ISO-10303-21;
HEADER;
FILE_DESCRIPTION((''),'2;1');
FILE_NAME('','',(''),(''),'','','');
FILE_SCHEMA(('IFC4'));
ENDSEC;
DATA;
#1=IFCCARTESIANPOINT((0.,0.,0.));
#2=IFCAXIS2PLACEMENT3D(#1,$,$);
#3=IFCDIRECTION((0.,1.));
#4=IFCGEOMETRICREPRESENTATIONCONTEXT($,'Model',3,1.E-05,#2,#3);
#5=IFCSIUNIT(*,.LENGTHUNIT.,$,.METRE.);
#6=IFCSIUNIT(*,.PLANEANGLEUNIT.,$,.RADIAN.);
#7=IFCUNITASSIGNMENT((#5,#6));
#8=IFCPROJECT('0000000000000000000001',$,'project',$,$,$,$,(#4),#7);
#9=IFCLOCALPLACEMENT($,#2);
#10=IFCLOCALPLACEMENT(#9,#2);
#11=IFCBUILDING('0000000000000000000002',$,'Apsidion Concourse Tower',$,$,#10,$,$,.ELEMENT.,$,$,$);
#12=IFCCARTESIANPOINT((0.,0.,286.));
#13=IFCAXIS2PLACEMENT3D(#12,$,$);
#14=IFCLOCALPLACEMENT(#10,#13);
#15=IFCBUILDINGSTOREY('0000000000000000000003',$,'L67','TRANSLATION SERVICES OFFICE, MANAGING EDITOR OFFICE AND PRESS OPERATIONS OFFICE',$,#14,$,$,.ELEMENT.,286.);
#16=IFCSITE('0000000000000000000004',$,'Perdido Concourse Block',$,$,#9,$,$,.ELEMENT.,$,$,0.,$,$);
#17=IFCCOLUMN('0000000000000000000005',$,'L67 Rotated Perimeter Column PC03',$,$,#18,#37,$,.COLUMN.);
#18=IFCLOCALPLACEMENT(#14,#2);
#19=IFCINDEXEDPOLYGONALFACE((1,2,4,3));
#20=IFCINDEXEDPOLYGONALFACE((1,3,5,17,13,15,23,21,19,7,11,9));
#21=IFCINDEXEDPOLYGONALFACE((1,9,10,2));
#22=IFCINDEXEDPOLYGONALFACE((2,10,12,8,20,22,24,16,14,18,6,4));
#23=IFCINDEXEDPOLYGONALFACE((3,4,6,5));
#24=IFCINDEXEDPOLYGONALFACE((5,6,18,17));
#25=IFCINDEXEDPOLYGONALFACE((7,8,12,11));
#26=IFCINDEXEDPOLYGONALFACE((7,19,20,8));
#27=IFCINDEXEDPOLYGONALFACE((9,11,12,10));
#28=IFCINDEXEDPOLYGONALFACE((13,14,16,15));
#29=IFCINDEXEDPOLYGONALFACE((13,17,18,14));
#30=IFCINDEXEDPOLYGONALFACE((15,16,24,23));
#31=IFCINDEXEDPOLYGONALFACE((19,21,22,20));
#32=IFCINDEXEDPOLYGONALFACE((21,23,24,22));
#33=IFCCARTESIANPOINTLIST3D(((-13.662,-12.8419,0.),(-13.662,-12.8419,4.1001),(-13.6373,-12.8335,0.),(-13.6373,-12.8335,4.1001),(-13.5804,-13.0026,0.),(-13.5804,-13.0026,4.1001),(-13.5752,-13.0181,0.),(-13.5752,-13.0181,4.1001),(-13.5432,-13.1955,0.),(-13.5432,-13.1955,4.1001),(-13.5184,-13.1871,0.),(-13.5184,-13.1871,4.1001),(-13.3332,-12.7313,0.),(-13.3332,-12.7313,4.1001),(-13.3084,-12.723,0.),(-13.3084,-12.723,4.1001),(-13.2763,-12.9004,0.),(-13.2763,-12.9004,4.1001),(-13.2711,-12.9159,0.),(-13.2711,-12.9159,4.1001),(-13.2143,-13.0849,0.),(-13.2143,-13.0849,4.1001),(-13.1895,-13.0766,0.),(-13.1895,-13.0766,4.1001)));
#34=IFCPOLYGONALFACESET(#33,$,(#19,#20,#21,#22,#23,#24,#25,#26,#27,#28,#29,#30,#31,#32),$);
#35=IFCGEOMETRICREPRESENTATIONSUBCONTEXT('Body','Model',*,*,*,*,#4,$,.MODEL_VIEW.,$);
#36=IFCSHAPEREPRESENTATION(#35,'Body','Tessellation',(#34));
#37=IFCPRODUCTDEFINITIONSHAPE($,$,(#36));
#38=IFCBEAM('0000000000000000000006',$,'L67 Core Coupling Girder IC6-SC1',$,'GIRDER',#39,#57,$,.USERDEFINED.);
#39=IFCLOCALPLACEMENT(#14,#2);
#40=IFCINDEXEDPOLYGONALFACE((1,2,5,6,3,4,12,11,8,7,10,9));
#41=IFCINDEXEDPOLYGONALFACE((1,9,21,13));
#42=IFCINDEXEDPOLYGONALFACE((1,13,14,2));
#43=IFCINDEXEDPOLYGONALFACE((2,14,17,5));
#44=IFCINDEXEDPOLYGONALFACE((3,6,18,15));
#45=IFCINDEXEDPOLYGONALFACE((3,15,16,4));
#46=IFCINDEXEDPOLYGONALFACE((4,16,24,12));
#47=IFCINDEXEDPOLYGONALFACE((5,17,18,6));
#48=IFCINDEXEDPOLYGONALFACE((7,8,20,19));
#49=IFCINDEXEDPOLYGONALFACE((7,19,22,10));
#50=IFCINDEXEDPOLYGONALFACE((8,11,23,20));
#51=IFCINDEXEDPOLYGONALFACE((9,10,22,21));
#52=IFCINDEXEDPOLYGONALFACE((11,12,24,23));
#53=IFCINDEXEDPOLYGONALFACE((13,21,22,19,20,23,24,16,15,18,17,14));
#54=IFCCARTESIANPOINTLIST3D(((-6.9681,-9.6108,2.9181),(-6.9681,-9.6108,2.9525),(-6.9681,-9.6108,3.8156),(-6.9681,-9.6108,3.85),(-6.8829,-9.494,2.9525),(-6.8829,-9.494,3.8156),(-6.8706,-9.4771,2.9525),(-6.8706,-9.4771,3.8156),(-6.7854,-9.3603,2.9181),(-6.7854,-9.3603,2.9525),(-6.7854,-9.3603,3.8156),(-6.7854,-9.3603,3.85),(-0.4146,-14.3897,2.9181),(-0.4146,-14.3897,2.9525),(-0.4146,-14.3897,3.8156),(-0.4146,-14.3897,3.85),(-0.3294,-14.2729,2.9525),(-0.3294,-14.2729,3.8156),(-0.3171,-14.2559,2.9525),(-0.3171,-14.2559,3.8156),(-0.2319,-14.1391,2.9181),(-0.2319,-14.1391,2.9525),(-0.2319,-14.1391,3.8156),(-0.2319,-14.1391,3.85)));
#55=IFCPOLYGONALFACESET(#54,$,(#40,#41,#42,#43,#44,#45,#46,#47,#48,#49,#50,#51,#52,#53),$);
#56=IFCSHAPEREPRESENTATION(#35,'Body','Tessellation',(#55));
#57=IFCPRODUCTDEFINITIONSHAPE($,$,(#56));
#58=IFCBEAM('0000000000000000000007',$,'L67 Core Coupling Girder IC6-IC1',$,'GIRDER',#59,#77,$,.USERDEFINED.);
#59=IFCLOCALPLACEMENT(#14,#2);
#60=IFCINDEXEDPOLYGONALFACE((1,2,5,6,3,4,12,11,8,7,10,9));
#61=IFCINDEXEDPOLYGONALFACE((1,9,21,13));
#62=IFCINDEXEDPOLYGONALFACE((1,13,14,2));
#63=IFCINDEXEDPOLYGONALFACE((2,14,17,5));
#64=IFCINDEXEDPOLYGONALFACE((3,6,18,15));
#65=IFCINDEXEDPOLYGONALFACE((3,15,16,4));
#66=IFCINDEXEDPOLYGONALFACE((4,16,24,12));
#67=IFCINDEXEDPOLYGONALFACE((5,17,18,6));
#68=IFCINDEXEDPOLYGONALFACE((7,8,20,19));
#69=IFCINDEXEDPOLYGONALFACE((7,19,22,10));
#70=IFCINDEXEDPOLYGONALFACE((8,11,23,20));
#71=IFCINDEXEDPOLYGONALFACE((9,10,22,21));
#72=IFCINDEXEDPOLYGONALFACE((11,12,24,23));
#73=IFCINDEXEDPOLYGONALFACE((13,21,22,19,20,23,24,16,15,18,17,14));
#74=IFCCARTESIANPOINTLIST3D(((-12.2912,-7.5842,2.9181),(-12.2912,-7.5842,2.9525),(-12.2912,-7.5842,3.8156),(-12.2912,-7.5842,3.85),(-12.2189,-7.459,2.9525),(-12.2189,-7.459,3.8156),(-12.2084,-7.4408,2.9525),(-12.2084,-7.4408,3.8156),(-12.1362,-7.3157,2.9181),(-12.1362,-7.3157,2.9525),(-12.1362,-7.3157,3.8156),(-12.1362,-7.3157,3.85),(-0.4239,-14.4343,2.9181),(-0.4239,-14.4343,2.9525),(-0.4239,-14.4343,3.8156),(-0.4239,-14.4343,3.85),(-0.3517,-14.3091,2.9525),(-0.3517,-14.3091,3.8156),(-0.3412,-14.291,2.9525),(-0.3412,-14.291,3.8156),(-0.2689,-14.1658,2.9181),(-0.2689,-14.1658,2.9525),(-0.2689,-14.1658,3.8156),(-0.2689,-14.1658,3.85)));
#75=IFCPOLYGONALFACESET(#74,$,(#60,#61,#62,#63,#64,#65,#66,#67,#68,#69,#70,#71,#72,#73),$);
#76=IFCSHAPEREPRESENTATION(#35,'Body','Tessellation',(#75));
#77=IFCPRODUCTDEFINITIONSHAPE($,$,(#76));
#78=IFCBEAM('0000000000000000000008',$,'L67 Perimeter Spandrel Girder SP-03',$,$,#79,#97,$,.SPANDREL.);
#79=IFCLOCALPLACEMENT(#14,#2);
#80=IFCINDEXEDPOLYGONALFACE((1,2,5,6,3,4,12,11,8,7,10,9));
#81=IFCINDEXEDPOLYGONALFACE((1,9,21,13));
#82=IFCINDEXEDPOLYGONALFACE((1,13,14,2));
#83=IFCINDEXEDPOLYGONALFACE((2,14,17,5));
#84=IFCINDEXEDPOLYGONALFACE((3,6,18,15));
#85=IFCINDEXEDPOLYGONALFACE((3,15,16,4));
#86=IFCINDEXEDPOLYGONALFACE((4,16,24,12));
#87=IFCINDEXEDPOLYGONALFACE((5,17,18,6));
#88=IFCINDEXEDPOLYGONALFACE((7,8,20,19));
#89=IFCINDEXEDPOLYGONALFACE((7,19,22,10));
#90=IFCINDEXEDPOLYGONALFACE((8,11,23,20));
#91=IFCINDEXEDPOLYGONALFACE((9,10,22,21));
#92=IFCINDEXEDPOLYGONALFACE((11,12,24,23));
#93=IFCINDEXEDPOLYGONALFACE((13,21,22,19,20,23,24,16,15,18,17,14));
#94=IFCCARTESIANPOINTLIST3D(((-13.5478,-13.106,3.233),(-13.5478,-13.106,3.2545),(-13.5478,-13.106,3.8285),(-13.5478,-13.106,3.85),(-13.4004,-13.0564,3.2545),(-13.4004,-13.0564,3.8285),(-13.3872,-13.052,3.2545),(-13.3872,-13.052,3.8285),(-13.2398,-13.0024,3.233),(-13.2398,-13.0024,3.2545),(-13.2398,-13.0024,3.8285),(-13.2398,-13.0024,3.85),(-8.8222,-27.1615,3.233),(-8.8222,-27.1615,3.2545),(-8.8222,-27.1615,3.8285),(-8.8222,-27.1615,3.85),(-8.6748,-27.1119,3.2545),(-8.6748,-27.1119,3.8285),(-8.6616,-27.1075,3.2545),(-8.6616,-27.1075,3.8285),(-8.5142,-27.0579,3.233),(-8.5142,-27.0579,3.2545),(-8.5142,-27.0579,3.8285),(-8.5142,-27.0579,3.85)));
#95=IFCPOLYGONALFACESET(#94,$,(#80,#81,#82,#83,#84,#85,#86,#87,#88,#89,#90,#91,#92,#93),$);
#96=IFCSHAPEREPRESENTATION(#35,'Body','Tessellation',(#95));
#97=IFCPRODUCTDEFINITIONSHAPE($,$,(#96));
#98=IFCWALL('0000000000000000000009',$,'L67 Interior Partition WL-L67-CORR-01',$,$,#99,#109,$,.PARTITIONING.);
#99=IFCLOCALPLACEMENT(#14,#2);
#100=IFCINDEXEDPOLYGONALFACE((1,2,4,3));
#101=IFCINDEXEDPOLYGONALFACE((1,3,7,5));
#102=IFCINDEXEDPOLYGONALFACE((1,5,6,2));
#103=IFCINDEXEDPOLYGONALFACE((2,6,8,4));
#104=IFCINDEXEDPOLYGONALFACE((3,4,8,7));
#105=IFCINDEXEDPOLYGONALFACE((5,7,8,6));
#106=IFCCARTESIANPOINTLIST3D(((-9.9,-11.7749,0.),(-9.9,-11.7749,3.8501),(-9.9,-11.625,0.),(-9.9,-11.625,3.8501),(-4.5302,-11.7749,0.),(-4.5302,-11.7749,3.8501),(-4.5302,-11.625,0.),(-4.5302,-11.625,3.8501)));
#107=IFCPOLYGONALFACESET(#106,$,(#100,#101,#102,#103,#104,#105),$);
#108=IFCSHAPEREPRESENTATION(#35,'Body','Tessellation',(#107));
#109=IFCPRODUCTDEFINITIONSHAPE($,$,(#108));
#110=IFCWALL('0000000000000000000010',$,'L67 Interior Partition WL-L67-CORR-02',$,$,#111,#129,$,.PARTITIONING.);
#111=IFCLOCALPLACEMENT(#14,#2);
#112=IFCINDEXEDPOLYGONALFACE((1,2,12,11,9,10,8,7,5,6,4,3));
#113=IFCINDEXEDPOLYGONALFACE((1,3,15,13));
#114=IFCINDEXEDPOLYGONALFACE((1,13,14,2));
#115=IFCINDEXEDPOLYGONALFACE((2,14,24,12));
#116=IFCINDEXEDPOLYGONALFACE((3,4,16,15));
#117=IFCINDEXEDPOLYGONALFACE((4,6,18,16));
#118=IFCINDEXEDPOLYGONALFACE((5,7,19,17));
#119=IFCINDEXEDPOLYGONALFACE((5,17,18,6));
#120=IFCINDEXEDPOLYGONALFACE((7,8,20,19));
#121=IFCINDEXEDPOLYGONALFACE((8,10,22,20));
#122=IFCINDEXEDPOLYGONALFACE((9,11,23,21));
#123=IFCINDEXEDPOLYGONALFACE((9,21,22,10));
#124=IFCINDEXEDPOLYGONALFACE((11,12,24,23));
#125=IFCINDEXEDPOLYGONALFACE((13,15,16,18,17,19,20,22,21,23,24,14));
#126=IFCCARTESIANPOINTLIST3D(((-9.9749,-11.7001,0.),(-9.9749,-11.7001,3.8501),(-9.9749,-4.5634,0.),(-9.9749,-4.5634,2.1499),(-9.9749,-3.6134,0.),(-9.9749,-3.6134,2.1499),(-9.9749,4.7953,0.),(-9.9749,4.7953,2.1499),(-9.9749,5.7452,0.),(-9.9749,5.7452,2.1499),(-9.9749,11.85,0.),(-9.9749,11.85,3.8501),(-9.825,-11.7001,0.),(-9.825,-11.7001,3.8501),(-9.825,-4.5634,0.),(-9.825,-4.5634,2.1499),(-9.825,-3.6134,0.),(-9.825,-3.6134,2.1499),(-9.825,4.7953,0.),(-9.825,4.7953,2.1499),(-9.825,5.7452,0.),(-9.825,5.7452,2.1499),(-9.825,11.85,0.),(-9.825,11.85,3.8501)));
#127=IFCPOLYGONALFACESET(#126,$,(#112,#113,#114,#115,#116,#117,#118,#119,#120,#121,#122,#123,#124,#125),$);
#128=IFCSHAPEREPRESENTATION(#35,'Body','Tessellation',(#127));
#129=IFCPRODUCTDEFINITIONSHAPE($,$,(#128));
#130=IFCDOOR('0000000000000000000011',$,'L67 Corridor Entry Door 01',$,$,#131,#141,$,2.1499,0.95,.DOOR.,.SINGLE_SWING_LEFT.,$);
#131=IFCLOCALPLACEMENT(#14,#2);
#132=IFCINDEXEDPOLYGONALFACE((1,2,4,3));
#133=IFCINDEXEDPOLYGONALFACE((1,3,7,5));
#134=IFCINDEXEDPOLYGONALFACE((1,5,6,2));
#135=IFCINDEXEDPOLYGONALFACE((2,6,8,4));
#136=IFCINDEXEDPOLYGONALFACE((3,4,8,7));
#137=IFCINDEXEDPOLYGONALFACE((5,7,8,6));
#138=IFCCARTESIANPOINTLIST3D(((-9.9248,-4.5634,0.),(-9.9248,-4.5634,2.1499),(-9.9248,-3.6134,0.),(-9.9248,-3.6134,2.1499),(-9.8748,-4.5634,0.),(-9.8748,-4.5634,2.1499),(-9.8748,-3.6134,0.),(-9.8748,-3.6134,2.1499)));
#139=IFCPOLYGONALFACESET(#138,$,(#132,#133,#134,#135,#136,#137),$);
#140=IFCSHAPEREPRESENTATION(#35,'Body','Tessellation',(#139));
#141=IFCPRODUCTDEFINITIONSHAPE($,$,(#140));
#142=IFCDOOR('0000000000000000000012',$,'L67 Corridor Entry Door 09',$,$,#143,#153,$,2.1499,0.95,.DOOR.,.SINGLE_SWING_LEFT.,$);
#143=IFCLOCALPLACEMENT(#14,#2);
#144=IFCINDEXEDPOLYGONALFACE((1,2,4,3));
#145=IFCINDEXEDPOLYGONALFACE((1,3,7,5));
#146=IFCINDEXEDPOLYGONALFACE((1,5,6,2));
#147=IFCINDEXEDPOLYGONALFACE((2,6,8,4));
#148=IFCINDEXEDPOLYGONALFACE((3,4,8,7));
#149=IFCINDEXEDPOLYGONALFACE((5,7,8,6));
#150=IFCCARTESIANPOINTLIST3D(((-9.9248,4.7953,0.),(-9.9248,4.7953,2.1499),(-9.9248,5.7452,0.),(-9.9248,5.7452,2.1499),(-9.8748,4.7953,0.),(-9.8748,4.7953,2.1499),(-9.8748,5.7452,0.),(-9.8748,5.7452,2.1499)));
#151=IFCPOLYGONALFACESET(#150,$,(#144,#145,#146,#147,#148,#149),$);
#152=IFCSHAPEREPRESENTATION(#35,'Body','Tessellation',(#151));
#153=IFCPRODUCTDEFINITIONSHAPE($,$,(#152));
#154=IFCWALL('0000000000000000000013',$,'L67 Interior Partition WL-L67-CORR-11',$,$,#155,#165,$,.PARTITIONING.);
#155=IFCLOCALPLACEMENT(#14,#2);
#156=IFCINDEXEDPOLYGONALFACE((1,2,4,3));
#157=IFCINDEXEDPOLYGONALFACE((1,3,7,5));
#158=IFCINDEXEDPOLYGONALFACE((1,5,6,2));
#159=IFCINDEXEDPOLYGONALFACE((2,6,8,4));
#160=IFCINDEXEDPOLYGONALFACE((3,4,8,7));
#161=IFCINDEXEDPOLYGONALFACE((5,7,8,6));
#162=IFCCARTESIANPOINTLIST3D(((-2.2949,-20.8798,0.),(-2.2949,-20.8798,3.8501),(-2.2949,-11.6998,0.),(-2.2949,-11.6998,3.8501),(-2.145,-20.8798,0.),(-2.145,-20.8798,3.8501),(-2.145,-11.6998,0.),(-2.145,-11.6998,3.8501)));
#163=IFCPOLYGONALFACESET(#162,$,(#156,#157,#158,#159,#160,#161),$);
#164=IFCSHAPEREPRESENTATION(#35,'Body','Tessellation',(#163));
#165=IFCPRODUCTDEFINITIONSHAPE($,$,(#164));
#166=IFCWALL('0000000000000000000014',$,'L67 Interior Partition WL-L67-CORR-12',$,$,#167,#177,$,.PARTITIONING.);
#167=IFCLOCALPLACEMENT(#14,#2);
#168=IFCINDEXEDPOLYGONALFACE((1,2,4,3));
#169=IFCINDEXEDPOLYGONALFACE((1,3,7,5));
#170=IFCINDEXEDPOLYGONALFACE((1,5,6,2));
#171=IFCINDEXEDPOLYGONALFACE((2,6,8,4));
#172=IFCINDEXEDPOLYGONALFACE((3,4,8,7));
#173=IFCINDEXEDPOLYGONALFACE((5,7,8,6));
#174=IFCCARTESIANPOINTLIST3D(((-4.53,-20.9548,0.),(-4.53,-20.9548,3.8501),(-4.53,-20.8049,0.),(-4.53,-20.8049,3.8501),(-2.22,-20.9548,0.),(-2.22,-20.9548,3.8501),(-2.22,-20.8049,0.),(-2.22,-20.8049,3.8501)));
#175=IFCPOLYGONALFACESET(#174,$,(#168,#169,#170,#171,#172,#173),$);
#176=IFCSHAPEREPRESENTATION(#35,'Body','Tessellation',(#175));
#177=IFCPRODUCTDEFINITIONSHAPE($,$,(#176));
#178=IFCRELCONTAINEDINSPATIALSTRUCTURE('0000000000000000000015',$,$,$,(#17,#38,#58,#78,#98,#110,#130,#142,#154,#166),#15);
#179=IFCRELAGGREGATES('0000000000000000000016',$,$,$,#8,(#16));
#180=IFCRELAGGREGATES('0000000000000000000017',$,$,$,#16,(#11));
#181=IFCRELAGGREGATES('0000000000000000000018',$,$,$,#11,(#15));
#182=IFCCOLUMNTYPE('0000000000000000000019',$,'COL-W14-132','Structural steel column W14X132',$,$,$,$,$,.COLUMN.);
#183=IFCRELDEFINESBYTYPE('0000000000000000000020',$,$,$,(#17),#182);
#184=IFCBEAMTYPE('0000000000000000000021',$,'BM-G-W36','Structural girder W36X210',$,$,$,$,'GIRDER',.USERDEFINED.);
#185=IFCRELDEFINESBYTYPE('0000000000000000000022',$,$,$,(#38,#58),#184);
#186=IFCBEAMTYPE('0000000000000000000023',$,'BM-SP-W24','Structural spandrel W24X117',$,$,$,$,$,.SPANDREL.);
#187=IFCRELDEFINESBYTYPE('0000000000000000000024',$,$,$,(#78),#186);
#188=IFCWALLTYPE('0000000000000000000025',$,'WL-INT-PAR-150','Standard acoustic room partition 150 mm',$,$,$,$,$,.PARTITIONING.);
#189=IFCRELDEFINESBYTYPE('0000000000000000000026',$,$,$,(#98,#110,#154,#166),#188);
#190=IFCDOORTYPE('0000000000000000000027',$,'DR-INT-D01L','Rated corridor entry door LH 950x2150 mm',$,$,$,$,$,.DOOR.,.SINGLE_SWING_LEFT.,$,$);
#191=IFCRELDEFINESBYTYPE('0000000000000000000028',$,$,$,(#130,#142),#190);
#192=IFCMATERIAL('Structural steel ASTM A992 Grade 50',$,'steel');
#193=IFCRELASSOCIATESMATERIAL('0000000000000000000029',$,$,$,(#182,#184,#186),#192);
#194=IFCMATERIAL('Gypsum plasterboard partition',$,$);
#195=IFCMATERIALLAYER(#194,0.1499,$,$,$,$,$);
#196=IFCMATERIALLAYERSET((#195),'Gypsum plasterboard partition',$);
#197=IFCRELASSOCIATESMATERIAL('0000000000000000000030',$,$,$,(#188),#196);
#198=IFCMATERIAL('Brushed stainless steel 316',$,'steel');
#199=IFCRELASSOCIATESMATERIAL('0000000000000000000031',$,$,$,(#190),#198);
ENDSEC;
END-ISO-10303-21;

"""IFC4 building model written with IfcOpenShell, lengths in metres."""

from ifc_helpers import new_model, si_unit, direction, frame, frame_2d, origin, origin_2d, place, context, subcontext, project, spatial, rectangle, i_section, extrude, material, layer, layer_set, material_profile, profile_set, type_object, element, fill, save


model = new_model("IFC4")

# Units and contexts
model_context = context("Model", 3, precision=1e-05, world=origin(), true_north=direction((0.0, 1.0)))
body_context = subcontext(model_context, "Body", "Model", "MODEL_VIEW")
ifc_project = project(units=[si_unit("LENGTHUNIT", "METRE"), si_unit("PLANEANGLEUNIT", "RADIAN")], contexts=[model_context])

# Site, building, storey
site_placement = place(None, origin())
site = spatial("IfcSite", under=ifc_project, at=site_placement, Name="Perdido Concourse Block", CompositionType="ELEMENT", RefElevation=0.0)
building_placement = place(site_placement, origin())
building = spatial("IfcBuilding", under=site, at=building_placement, Name="Apsidion Concourse Tower", CompositionType="ELEMENT")
storey_placement = place(building_placement, frame((0.0, 0.0, 286.0)))
storey = spatial("IfcBuildingStorey", under=building, at=storey_placement, Name="L67", Description="TRANSLATION SERVICES OFFICE, MANAGING EDITOR OFFICE AND PRESS OPERATIONS OFFICE", CompositionType="ELEMENT", Elevation=286.0)

# Column
ifc_material_1 = material(Name="Structural steel ASTM A992 Grade 50", Category="steel")
ifc_material_profile_1 = material_profile(ifc_material_1, i_section(OverallWidth=0.373, OverallDepth=0.373, WebThickness=0.0164, FlangeThickness=0.0261, at=origin_2d()), Name="W14X132")
ifc_profile_set_1 = profile_set([ifc_material_profile_1], Name="Structural steel ASTM A992 Grade 50")
column_type = type_object("IfcColumnType", Name="COL-W14-132", Description="Structural steel column W14X132", PredefinedType="COLUMN", material=ifc_profile_set_1)
column_placement = place(storey_placement, frame((-13.4258, -12.9592, 0.0), z_axis=(0.0, 0.0, 1.0), x_axis=(-0.318628, 0.94788, 0.0)))
element("IfcColumn", 1, at=column_placement, inside=storey, type_object=column_type, Name="L67 Rotated Perimeter Column PC03", PredefinedType="COLUMN", context=body_context, shape_type="SweptSolid", body=[
    extrude(i_section(OverallWidth=0.373, OverallDepth=0.373, WebThickness=0.0164, FlangeThickness=0.0261, at=origin_2d()), origin(), (0.0, 0.0, 1.0), 4.1001),
])

# Beams
ifc_material_profile_2 = material_profile(ifc_material_1, i_section(OverallWidth=0.3101, OverallDepth=0.9319, WebThickness=0.021, FlangeThickness=0.0344, at=origin_2d()), Name="W36X210")
ifc_profile_set_2 = profile_set([ifc_material_profile_2], Name="Structural steel ASTM A992 Grade 50")
beam_type_1 = type_object("IfcBeamType", Name="BM-G-W36", Description="Structural girder W36X210", ElementType="GIRDER", PredefinedType="USERDEFINED", material=ifc_profile_set_2)
beam_1_placement = place(storey_placement, frame((-0.3232, -14.2644, 3.384), z_axis=(-0.807993, 0.589191, 0.0), x_axis=(-0.589191, -0.807993, 0.0)))
element("IfcBeam", 2, at=beam_1_placement, inside=storey, type_object=beam_type_1, Name="L67 Core Coupling Girder IC6-SC1", ObjectType="GIRDER", PredefinedType="USERDEFINED", context=body_context, shape_type="SweptSolid", body=[
    extrude(i_section(OverallWidth=0.3101, OverallDepth=0.9319, WebThickness=0.021, FlangeThickness=0.0344, at=origin_2d()), origin(), (0.0, 0.0, 1.0), 8.1108),
])
beam_2_placement = place(storey_placement, frame((-0.3464, -14.3, 3.384), z_axis=(-0.86607, 0.499922, 0.0), x_axis=(-0.499922, -0.86607, 0.0)))
element("IfcBeam", 3, at=beam_2_placement, inside=storey, type_object=beam_type_1, Name="L67 Core Coupling Girder IC6-IC1", ObjectType="GIRDER", PredefinedType="USERDEFINED", context=body_context, shape_type="SweptSolid", body=[
    extrude(i_section(OverallWidth=0.3101, OverallDepth=0.9319, WebThickness=0.021, FlangeThickness=0.0344, at=origin_2d()), origin(), (0.0, 0.0, 1.0), 13.7024),
])
ifc_material_profile_3 = material_profile(ifc_material_1, i_section(OverallWidth=0.325, OverallDepth=0.6169, WebThickness=0.0139, FlangeThickness=0.0215, at=origin_2d()), Name="W24X117")
ifc_profile_set_3 = profile_set([ifc_material_profile_3], Name="Structural steel ASTM A992 Grade 50")
beam_type_2 = type_object("IfcBeamType", Name="BM-SP-W24", Description="Structural spandrel W24X117", PredefinedType="SPANDREL", material=ifc_profile_set_3)
beam_3_placement = place(storey_placement, frame((-13.3938, -13.0542, 3.5415), z_axis=(0.318682, -0.947862, 0.0), x_axis=(0.947862, 0.318682, 0.0)))
element("IfcBeam", 4, at=beam_3_placement, inside=storey, type_object=beam_type_2, Name="L67 Perimeter Spandrel Girder SP-03", PredefinedType="SPANDREL", context=body_context, shape_type="SweptSolid", body=[
    extrude(i_section(OverallWidth=0.325, OverallDepth=0.6169, WebThickness=0.0139, FlangeThickness=0.0215, at=origin_2d()), origin(), (0.0, 0.0, 1.0), 14.8286),
])

# Wall
ifc_material_2 = material(Name="Gypsum plasterboard partition")
ifc_layer = layer(ifc_material_2, 0.1499)
ifc_layer_set = layer_set([ifc_layer], Name="Gypsum plasterboard partition")
wall_type = type_object("IfcWallType", Name="WL-INT-PAR-150", Description="Standard acoustic room partition 150 mm", PredefinedType="PARTITIONING", material=ifc_layer_set)
wall_1_placement = place(storey_placement, frame((-4.53, -11.7, 0.0), z_axis=(0.0, 0.0, 1.0), x_axis=(-1.0, 0.0, 0.0)))
element("IfcWall", 5, at=wall_1_placement, inside=storey, type_object=wall_type, Name="L67 Interior Partition WL-L67-CORR-01", PredefinedType="PARTITIONING", context=body_context, shape_type="SweptSolid", body=[
    extrude(rectangle(XDim=5.3699, YDim=0.1499, at=frame_2d((2.6851, 0.0))), origin(), (0.0, 0.0, 1.0), 3.8501),
])

# Wall, openings, doors
wall_2_placement = place(storey_placement, frame((-9.8999, -11.7, 0.0), z_axis=(0.0, 0.0, 1.0), x_axis=(0.0, 1.0, 0.0)))
wall_2 = element("IfcWall", 6, at=wall_2_placement, inside=storey, type_object=wall_type, Name="L67 Interior Partition WL-L67-CORR-02", PredefinedType="PARTITIONING", context=body_context, shape_type="SweptSolid", body=[
    extrude(rectangle(XDim=23.55, YDim=0.1499, at=frame_2d((11.7749, 0.0))), origin(), (0.0, 0.0, 1.0), 3.8501),
])
opening_1_placement = place(wall_2_placement, frame((7.1365, 0.0, 0.0)))
opening_1 = element("IfcOpeningElement", 7, at=opening_1_placement, cuts=wall_2, PredefinedType="OPENING", context=body_context, shape_type="SweptSolid", body=[
    extrude(rectangle(XDim=0.95, YDim=2.1499, at=frame_2d((0.4751, 1.075))), frame((0.0, 0.085, 0.0), z_axis=(0.0, -1.0, 0.0), x_axis=(1.0, 0.0, 0.0)), (0.0, 0.0, 1.0), 0.1699),
])
opening_2_placement = place(wall_2_placement, frame((16.4951, 0.0, 0.0)))
opening_2 = element("IfcOpeningElement", 8, at=opening_2_placement, cuts=wall_2, PredefinedType="OPENING", context=body_context, shape_type="SweptSolid", body=[
    extrude(rectangle(XDim=0.95, YDim=2.1499, at=frame_2d((0.4751, 1.075))), frame((0.0, 0.085, 0.0), z_axis=(0.0, -1.0, 0.0), x_axis=(1.0, 0.0, 0.0)), (0.0, 0.0, 1.0), 0.1699),
])
ifc_material_3 = material(Name="Brushed stainless steel 316", Category="steel")
door_type_1 = type_object("IfcDoorType", Name="DR-INT-D01L", Description="Rated corridor entry door LH 950x2150 mm", OperationType="SINGLE_SWING_LEFT", PredefinedType="DOOR", material=ifc_material_3)
door_1_placement = place(opening_1_placement, origin())
door_1 = element("IfcDoor", 9, at=door_1_placement, inside=storey, type_object=door_type_1, Name="L67 Corridor Entry Door 01", OperationType="SINGLE_SWING_LEFT", OverallHeight=2.1499, OverallWidth=0.95, PredefinedType="DOOR", context=body_context, shape_type="SweptSolid", body=[
    extrude(rectangle(XDim=0.95, YDim=2.1499, at=frame_2d((0.4751, 1.075))), frame((0.0, 0.0249, 0.0), z_axis=(0.0, -1.0, 0.0), x_axis=(1.0, 0.0, 0.0)), (0.0, 0.0, 1.0), 0.05),
])
fill(opening_1, door_1)
door_2_placement = place(opening_2_placement, origin())
door_2 = element("IfcDoor", 10, at=door_2_placement, inside=storey, type_object=door_type_1, Name="L67 Corridor Entry Door 09", OperationType="SINGLE_SWING_LEFT", OverallHeight=2.1499, OverallWidth=0.95, PredefinedType="DOOR", context=body_context, shape_type="SweptSolid", body=[
    extrude(rectangle(XDim=0.95, YDim=2.1499, at=frame_2d((0.4751, 1.075))), frame((0.0, 0.0249, 0.0), z_axis=(0.0, -1.0, 0.0), x_axis=(1.0, 0.0, 0.0)), (0.0, 0.0, 1.0), 0.05),
])
fill(opening_2, door_2)

# Walls
wall_3_placement = place(storey_placement, frame((-2.22, -11.7, 0.0), z_axis=(0.0, 0.0, 1.0), x_axis=(0.0, -1.0, 0.0)))
element("IfcWall", 11, at=wall_3_placement, inside=storey, type_object=wall_type, Name="L67 Interior Partition WL-L67-CORR-11", PredefinedType="PARTITIONING", context=body_context, shape_type="SweptSolid", body=[
    extrude(rectangle(XDim=9.1799, YDim=0.1499, at=frame_2d((4.5898, 0.0))), origin(), (0.0, 0.0, 1.0), 3.8501),
])
wall_4_placement = place(storey_placement, frame((-2.22, -20.8799, 0.0), z_axis=(0.0, 0.0, 1.0), x_axis=(-1.0, 0.0, 0.0)))
element("IfcWall", 12, at=wall_4_placement, inside=storey, type_object=wall_type, Name="L67 Interior Partition WL-L67-CORR-12", PredefinedType="PARTITIONING", context=body_context, shape_type="SweptSolid", body=[
    extrude(rectangle(XDim=2.3101, YDim=0.1499, at=frame_2d((1.155, 0.0))), origin(), (0.0, 0.0, 1.0), 3.8501),
])

save(model, "model.ifc")
